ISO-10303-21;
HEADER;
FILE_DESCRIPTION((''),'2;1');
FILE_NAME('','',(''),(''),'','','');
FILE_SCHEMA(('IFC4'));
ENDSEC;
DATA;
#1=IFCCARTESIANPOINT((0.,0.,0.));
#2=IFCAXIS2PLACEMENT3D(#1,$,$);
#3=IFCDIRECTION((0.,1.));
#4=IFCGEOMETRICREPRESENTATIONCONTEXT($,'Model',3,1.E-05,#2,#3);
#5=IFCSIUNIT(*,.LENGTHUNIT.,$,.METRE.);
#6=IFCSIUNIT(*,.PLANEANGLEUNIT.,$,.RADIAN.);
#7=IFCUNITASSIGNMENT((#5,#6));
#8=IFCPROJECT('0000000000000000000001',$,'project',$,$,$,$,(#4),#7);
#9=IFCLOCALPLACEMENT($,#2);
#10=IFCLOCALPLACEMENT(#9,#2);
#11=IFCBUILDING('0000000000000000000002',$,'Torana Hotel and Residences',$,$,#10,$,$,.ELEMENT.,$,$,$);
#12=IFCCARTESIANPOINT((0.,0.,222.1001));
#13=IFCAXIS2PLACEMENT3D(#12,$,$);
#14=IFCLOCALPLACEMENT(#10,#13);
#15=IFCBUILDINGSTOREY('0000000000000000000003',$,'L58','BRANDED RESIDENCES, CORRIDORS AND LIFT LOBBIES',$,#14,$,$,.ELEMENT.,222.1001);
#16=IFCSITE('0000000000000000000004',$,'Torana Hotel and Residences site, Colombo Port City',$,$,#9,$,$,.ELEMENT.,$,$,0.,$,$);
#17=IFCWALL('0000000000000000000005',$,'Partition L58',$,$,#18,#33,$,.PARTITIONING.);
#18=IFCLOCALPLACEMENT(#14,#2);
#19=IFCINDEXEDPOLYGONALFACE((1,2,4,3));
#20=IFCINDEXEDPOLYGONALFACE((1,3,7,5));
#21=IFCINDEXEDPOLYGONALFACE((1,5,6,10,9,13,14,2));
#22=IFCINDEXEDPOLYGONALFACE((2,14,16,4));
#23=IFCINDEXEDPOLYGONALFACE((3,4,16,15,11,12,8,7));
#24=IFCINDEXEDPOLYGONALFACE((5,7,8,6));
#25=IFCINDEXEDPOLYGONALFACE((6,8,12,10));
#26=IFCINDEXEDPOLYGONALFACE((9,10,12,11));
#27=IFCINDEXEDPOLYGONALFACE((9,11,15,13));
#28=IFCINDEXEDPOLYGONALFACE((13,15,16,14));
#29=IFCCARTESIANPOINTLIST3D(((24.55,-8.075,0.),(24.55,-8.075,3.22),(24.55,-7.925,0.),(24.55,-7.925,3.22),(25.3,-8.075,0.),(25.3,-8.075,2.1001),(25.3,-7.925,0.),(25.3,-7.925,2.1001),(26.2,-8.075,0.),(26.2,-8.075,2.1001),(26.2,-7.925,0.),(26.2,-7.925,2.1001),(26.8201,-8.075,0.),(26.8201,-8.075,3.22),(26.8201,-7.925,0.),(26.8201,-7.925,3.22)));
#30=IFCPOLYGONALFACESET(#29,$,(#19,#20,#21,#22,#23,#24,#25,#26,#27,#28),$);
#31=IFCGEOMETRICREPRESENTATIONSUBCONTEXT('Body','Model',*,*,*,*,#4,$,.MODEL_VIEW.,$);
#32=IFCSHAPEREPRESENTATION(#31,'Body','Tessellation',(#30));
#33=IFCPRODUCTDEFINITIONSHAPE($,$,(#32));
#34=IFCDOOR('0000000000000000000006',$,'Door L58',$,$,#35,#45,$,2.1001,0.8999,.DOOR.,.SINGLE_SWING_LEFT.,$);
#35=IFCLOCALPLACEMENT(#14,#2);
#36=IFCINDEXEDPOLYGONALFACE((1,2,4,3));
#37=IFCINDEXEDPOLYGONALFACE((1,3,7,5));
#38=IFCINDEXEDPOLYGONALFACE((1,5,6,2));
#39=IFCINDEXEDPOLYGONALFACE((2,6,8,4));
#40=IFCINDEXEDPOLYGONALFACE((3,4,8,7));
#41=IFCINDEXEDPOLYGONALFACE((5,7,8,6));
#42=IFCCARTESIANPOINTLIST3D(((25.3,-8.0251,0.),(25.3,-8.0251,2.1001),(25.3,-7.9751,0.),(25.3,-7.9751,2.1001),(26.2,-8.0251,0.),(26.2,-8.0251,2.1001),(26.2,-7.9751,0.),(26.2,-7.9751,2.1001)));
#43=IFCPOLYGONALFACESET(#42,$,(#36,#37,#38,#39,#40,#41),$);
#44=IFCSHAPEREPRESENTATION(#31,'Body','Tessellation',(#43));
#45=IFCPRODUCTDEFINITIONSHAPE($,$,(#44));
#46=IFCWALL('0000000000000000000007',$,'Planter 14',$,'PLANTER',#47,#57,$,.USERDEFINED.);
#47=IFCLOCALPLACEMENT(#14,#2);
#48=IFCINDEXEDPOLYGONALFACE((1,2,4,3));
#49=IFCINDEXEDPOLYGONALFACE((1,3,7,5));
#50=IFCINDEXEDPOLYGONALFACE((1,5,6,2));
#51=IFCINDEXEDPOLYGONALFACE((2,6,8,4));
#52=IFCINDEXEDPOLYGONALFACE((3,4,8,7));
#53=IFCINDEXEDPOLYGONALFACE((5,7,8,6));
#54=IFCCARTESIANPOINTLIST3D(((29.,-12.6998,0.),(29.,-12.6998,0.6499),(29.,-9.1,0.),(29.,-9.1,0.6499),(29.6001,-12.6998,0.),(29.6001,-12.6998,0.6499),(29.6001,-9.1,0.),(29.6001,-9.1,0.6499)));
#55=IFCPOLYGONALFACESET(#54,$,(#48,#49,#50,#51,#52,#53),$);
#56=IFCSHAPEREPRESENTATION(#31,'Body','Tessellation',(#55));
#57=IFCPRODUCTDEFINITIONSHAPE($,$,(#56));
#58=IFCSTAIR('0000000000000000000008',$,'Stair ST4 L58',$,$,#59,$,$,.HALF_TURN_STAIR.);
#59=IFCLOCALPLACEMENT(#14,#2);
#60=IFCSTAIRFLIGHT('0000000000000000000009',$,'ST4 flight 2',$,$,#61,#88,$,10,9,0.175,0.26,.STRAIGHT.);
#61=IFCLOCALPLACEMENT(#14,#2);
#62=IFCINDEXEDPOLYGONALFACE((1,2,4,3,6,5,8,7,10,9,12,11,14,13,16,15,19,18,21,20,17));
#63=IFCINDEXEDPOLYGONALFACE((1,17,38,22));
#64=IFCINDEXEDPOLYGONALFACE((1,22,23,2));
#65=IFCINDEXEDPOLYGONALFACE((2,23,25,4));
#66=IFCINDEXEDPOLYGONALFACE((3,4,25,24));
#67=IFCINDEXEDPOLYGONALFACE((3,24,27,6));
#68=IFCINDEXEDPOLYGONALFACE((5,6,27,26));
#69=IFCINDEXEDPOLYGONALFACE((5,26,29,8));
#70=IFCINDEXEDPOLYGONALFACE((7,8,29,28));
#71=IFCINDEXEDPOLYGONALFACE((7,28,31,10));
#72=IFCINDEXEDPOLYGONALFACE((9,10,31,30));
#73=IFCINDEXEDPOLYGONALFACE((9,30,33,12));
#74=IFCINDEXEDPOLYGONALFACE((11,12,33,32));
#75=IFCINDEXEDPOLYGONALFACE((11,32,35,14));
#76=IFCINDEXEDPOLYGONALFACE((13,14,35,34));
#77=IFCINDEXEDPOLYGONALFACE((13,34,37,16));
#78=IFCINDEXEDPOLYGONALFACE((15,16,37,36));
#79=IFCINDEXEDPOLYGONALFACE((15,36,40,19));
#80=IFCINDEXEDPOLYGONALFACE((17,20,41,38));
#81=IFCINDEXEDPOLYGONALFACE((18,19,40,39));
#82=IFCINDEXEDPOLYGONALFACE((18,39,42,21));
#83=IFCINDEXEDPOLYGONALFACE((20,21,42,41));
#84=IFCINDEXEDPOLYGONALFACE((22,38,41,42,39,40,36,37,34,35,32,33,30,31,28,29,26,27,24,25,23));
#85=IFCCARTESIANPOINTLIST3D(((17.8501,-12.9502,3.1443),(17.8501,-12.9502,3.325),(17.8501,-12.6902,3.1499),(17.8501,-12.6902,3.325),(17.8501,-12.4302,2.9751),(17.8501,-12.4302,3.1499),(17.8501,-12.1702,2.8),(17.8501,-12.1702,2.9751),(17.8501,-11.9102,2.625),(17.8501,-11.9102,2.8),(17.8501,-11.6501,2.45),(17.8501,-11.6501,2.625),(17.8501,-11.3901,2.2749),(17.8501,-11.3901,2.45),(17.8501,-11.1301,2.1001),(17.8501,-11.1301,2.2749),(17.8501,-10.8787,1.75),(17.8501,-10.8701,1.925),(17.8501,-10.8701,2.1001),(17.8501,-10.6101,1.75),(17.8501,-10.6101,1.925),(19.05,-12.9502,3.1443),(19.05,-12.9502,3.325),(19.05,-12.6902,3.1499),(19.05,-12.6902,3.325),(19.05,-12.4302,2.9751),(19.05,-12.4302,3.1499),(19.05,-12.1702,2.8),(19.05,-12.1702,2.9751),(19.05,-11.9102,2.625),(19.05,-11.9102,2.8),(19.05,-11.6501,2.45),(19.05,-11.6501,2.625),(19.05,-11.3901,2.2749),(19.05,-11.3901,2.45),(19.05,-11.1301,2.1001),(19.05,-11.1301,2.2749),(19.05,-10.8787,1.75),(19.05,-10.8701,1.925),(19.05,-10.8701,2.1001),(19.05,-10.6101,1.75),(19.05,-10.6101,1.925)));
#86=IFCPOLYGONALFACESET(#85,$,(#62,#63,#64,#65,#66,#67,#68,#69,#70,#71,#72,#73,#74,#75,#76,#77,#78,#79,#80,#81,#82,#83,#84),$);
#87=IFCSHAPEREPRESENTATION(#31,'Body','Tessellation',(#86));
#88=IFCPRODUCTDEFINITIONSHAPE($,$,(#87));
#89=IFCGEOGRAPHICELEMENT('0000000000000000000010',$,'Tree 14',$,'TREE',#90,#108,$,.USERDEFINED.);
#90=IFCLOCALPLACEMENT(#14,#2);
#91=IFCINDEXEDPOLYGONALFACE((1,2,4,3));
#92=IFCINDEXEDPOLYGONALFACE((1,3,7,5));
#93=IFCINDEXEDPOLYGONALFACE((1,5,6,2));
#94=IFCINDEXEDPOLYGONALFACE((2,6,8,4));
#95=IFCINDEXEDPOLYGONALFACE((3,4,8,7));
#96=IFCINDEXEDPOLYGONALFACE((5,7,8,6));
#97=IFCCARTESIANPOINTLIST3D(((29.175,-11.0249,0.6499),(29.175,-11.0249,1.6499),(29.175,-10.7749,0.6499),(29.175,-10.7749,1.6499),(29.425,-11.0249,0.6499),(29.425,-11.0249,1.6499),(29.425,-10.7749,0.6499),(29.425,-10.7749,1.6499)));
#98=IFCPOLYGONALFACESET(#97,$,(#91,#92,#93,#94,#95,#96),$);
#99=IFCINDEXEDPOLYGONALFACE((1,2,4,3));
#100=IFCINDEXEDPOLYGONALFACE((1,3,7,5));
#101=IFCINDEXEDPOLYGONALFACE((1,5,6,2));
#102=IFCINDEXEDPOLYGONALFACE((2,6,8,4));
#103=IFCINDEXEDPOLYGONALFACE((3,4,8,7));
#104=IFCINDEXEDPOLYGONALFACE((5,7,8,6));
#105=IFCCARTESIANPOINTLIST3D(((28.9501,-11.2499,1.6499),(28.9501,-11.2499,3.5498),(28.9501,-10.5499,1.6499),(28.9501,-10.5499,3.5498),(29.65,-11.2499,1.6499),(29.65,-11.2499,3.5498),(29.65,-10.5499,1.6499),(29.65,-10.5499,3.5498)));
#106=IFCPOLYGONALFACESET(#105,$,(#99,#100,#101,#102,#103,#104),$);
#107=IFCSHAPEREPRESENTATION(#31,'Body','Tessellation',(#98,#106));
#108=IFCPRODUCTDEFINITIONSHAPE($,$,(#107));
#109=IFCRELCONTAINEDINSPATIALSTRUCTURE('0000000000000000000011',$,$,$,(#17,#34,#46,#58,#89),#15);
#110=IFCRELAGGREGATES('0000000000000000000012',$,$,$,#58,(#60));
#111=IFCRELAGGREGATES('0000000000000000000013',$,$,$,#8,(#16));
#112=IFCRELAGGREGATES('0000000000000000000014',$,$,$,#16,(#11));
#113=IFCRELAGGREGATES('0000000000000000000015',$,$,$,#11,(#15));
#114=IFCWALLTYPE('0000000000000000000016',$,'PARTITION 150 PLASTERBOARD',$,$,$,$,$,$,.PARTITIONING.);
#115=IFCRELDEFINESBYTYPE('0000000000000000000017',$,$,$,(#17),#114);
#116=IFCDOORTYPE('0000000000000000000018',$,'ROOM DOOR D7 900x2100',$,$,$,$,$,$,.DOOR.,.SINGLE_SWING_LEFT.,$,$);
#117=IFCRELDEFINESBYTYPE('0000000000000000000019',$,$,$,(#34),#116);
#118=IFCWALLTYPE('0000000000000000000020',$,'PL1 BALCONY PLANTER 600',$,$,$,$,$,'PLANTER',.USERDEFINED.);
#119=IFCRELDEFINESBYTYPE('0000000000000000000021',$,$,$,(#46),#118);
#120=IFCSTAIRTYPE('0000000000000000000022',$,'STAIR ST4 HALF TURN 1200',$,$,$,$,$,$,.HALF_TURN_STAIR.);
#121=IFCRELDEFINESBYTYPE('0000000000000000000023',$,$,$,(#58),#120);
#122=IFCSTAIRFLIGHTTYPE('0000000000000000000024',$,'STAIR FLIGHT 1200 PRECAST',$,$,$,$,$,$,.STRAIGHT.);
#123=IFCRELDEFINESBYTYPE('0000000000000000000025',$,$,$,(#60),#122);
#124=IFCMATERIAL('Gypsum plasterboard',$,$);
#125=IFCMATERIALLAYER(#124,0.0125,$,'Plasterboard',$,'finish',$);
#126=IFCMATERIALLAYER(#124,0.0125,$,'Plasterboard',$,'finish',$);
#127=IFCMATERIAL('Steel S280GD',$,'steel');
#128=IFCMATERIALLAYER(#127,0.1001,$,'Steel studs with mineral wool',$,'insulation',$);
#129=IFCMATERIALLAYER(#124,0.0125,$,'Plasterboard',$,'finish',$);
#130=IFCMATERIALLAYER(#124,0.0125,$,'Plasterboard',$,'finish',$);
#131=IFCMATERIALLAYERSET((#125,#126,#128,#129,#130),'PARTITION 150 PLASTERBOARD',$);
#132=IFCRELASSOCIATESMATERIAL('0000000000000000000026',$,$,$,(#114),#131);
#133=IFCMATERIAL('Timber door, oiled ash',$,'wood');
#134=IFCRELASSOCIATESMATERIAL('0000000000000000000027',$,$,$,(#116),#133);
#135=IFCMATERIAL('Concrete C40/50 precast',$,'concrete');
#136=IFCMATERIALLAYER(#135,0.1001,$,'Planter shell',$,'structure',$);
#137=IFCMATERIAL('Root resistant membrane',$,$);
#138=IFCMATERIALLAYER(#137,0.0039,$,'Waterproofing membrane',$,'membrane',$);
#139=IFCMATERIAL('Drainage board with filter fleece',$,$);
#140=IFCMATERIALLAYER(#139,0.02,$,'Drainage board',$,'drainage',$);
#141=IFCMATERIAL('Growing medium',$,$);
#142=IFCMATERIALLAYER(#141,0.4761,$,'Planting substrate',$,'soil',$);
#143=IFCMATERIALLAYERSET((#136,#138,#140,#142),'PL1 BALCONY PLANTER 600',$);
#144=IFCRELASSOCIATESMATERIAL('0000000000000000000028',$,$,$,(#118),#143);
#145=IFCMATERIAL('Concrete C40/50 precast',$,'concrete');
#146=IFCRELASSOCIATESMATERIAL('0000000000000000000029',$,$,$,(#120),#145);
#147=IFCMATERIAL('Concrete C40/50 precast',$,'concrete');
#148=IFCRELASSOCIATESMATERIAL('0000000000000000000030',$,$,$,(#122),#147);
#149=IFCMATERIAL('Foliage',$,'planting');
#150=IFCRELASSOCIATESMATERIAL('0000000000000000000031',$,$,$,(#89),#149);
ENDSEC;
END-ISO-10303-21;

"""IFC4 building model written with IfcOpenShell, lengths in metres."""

from ifc_helpers import new_model, si_unit, direction, frame, frame_2d, origin, origin_2d, place, context, subcontext, project, spatial, polyline, rectangle, outline, extrude, material, layer, layer_set, type_object, element, fill, aggregate, save


model = new_model("IFC4")

# Units and contexts
model_context = context("Model", 3, precision=1e-05, world=origin(), true_north=direction((0.0, 1.0)))
body_context = subcontext(model_context, "Body", "Model", "MODEL_VIEW")
ifc_project = project(units=[si_unit("LENGTHUNIT", "METRE"), si_unit("PLANEANGLEUNIT", "RADIAN")], contexts=[model_context])

# Site, building, storey
site_placement = place(None, origin())
site = spatial("IfcSite", under=ifc_project, at=site_placement, Name="Torana Hotel and Residences site, Colombo Port City", CompositionType="ELEMENT", RefElevation=0.0)
building_placement = place(site_placement, origin())
building = spatial("IfcBuilding", under=site, at=building_placement, Name="Torana Hotel and Residences", CompositionType="ELEMENT")
storey_placement = place(building_placement, frame((0.0, 0.0, 222.1001)))
storey = spatial("IfcBuildingStorey", under=building, at=storey_placement, Name="L58", Description="BRANDED RESIDENCES, CORRIDORS AND LIFT LOBBIES", CompositionType="ELEMENT", Elevation=222.1001)

# Shared definitions
ifc_material_1 = material(Name="Steel S280GD", Category="steel")

# Shared definitions
ifc_material_2 = material(Name="Concrete C40/50 precast", Category="concrete")

# Shared definitions
ifc_material_3 = material(Name="Gypsum plasterboard")
ifc_layer_1 = layer(ifc_material_3, 0.0125, Name="Plasterboard", Category="finish")
ifc_layer_2 = layer(ifc_material_3, 0.0125, Name="Plasterboard", Category="finish")
ifc_layer_3 = layer(ifc_material_1, 0.1001, Name="Steel studs with mineral wool", Category="insulation")
ifc_layer_4 = layer(ifc_material_3, 0.0125, Name="Plasterboard", Category="finish")
ifc_layer_5 = layer(ifc_material_3, 0.0125, Name="Plasterboard", Category="finish")
ifc_layer_set_1 = layer_set([ifc_layer_1, ifc_layer_2, ifc_layer_3, ifc_layer_4, ifc_layer_5], Name="PARTITION 150 PLASTERBOARD")
wall_type_1 = type_object("IfcWallType", Name="PARTITION 150 PLASTERBOARD", PredefinedType="PARTITIONING", material=ifc_layer_set_1)

# Wall, opening, door
wall_1_placement = place(storey_placement, frame((24.55, -8.0, 0.0), z_axis=(0.0, 0.0, 1.0), x_axis=(1.0, 0.0, 0.0)))
wall_1 = element("IfcWall", 1, at=wall_1_placement, inside=storey, type_object=wall_type_1, Name="Partition L58", PredefinedType="PARTITIONING", context=body_context, shape_type="SweptSolid", body=[
    extrude(rectangle(XDim=2.27, YDim=0.1499, at=frame_2d((1.135, 0.0))), origin(), (0.0, 0.0, 1.0), 3.22),
])
opening_1_placement = place(wall_1_placement, frame((0.75, 0.0, 0.0)))
opening_1 = element("IfcOpeningElement", 2, at=opening_1_placement, cuts=wall_1, PredefinedType="OPENING", context=body_context, shape_type="SweptSolid", body=[
    extrude(rectangle(XDim=0.8999, YDim=2.1001, at=frame_2d((0.45, 1.05))), frame((0.0, 0.085, 0.0), z_axis=(0.0, -1.0, 0.0), x_axis=(1.0, 0.0, 0.0)), (0.0, 0.0, 1.0), 0.1699),
])
ifc_material_4 = material(Name="Timber door, oiled ash", Category="wood")
door_type_1 = type_object("IfcDoorType", Name="ROOM DOOR D7 900x2100", OperationType="SINGLE_SWING_LEFT", PredefinedType="DOOR", material=ifc_material_4)
door_1_placement = place(opening_1_placement, origin())
door_1 = element("IfcDoor", 3, at=door_1_placement, inside=storey, type_object=door_type_1, Name="Door L58", OperationType="SINGLE_SWING_LEFT", OverallHeight=2.1001, OverallWidth=0.8999, PredefinedType="DOOR", context=body_context, shape_type="SweptSolid", body=[
    extrude(rectangle(XDim=0.8999, YDim=2.1001, at=frame_2d((0.45, 1.05))), frame((0.0, 0.0249, 0.0), z_axis=(0.0, -1.0, 0.0), x_axis=(1.0, 0.0, 0.0)), (0.0, 0.0, 1.0), 0.05),
])
fill(opening_1, door_1)

# Wall
ifc_layer_6 = layer(ifc_material_2, 0.1001, Name="Planter shell", Category="structure")
ifc_material_5 = material(Name="Root resistant membrane")
ifc_layer_7 = layer(ifc_material_5, 0.0039, Name="Waterproofing membrane", Category="membrane")
ifc_material_6 = material(Name="Drainage board with filter fleece")
ifc_layer_8 = layer(ifc_material_6, 0.02, Name="Drainage board", Category="drainage")
ifc_material_7 = material(Name="Growing medium")
ifc_layer_9 = layer(ifc_material_7, 0.4761, Name="Planting substrate", Category="soil")
ifc_layer_set_2 = layer_set([ifc_layer_6, ifc_layer_7, ifc_layer_8, ifc_layer_9], Name="PL1 BALCONY PLANTER 600")
wall_type_2 = type_object("IfcWallType", Name="PL1 BALCONY PLANTER 600", ElementType="PLANTER", PredefinedType="USERDEFINED", material=ifc_layer_set_2)
wall_2_placement = place(storey_placement, frame((29.3, -9.1001, 0.0), z_axis=(0.0, 0.0, 1.0), x_axis=(0.0, -1.0, 0.0)))
element("IfcWall", 4, at=wall_2_placement, inside=storey, type_object=wall_type_2, Name="Planter 14", ObjectType="PLANTER", PredefinedType="USERDEFINED", context=body_context, shape_type="SweptSolid", body=[
    extrude(rectangle(XDim=3.5999, YDim=0.6001, at=frame_2d((1.7998, 0.0))), origin(), (0.0, 0.0, 1.0), 0.6499),
])

# Stair, stair flight
ifc_material_8 = material(Name="Concrete C40/50 precast", Category="concrete")
stair_type = type_object("IfcStairType", Name="STAIR ST4 HALF TURN 1200", PredefinedType="HALF_TURN_STAIR", material=ifc_material_8)
stair_placement = place(storey_placement, origin())
stair = element("IfcStair", 5, at=stair_placement, inside=storey, type_object=stair_type, Name="Stair ST4 L58", PredefinedType="HALF_TURN_STAIR")
ifc_material_9 = material(Name="Concrete C40/50 precast", Category="concrete")
stair_flight_type = type_object("IfcStairFlightType", Name="STAIR FLIGHT 1200 PRECAST", PredefinedType="STRAIGHT", material=ifc_material_9)
stair_flight_placement = place(storey_placement, frame((18.45, -10.6101, 1.75), z_axis=(0.0, 0.0, 1.0), x_axis=(0.0, -1.0, 0.0)))
stair_flight = element("IfcStairFlight", 6, at=stair_flight_placement, type_object=stair_flight_type, Name="ST4 flight 2", NumberOfRisers=10, NumberOfTreads=9, PredefinedType="STRAIGHT", RiserHeight=0.175, TreadLength=0.26, context=body_context, shape_type="SweptSolid", body=[
    extrude(outline(polyline([(0.0, 0.0), (0.0, 0.175), (0.26, 0.175), (0.26, 0.3501), (0.52, 0.3501), (0.52, 0.5249), (0.78, 0.5249), (0.78, 0.7), (1.04, 0.7), (1.04, 0.875), (1.3, 0.875), (1.3, 1.05), (1.5601, 1.05), (1.5601, 1.2251), (1.8201, 1.2251), (1.8201, 1.3999), (2.0801, 1.3999), (2.0801, 1.575), (2.3401, 1.575), (2.3401, 1.75), (2.3401, 1.3943), (0.2686, 0.0), (0.0, 0.0)])), frame((0.0, 0.6001, 0.0), z_axis=(0.0, -1.0, 0.0), x_axis=(1.0, 0.0, 0.0)), (0.0, 0.0, 1.0), 1.2),
])
aggregate(stair, [stair_flight])

# Geographic element
ifc_material_10 = material(Name="Foliage", Category="planting")
geographic_element_placement = place(storey_placement, frame((29.3, -10.8999, 0.6499), z_axis=(0.0, 0.0, 1.0), x_axis=(1.0, 0.0, 0.0)))
element("IfcGeographicElement", 7, at=geographic_element_placement, inside=storey, material=ifc_material_10, Name="Tree 14", ObjectType="TREE", PredefinedType="USERDEFINED", context=body_context, shape_type="SweptSolid", body=[
    extrude(rectangle(XDim=0.25, YDim=0.25, at=origin_2d()), origin(), (0.0, 0.0, 1.0), 1.0),
    extrude(rectangle(XDim=0.7, YDim=0.7, at=origin_2d()), frame((0.0, 0.0, 1.0)), (0.0, 0.0, 1.0), 1.8999),
])

save(model, "model.ifc")
